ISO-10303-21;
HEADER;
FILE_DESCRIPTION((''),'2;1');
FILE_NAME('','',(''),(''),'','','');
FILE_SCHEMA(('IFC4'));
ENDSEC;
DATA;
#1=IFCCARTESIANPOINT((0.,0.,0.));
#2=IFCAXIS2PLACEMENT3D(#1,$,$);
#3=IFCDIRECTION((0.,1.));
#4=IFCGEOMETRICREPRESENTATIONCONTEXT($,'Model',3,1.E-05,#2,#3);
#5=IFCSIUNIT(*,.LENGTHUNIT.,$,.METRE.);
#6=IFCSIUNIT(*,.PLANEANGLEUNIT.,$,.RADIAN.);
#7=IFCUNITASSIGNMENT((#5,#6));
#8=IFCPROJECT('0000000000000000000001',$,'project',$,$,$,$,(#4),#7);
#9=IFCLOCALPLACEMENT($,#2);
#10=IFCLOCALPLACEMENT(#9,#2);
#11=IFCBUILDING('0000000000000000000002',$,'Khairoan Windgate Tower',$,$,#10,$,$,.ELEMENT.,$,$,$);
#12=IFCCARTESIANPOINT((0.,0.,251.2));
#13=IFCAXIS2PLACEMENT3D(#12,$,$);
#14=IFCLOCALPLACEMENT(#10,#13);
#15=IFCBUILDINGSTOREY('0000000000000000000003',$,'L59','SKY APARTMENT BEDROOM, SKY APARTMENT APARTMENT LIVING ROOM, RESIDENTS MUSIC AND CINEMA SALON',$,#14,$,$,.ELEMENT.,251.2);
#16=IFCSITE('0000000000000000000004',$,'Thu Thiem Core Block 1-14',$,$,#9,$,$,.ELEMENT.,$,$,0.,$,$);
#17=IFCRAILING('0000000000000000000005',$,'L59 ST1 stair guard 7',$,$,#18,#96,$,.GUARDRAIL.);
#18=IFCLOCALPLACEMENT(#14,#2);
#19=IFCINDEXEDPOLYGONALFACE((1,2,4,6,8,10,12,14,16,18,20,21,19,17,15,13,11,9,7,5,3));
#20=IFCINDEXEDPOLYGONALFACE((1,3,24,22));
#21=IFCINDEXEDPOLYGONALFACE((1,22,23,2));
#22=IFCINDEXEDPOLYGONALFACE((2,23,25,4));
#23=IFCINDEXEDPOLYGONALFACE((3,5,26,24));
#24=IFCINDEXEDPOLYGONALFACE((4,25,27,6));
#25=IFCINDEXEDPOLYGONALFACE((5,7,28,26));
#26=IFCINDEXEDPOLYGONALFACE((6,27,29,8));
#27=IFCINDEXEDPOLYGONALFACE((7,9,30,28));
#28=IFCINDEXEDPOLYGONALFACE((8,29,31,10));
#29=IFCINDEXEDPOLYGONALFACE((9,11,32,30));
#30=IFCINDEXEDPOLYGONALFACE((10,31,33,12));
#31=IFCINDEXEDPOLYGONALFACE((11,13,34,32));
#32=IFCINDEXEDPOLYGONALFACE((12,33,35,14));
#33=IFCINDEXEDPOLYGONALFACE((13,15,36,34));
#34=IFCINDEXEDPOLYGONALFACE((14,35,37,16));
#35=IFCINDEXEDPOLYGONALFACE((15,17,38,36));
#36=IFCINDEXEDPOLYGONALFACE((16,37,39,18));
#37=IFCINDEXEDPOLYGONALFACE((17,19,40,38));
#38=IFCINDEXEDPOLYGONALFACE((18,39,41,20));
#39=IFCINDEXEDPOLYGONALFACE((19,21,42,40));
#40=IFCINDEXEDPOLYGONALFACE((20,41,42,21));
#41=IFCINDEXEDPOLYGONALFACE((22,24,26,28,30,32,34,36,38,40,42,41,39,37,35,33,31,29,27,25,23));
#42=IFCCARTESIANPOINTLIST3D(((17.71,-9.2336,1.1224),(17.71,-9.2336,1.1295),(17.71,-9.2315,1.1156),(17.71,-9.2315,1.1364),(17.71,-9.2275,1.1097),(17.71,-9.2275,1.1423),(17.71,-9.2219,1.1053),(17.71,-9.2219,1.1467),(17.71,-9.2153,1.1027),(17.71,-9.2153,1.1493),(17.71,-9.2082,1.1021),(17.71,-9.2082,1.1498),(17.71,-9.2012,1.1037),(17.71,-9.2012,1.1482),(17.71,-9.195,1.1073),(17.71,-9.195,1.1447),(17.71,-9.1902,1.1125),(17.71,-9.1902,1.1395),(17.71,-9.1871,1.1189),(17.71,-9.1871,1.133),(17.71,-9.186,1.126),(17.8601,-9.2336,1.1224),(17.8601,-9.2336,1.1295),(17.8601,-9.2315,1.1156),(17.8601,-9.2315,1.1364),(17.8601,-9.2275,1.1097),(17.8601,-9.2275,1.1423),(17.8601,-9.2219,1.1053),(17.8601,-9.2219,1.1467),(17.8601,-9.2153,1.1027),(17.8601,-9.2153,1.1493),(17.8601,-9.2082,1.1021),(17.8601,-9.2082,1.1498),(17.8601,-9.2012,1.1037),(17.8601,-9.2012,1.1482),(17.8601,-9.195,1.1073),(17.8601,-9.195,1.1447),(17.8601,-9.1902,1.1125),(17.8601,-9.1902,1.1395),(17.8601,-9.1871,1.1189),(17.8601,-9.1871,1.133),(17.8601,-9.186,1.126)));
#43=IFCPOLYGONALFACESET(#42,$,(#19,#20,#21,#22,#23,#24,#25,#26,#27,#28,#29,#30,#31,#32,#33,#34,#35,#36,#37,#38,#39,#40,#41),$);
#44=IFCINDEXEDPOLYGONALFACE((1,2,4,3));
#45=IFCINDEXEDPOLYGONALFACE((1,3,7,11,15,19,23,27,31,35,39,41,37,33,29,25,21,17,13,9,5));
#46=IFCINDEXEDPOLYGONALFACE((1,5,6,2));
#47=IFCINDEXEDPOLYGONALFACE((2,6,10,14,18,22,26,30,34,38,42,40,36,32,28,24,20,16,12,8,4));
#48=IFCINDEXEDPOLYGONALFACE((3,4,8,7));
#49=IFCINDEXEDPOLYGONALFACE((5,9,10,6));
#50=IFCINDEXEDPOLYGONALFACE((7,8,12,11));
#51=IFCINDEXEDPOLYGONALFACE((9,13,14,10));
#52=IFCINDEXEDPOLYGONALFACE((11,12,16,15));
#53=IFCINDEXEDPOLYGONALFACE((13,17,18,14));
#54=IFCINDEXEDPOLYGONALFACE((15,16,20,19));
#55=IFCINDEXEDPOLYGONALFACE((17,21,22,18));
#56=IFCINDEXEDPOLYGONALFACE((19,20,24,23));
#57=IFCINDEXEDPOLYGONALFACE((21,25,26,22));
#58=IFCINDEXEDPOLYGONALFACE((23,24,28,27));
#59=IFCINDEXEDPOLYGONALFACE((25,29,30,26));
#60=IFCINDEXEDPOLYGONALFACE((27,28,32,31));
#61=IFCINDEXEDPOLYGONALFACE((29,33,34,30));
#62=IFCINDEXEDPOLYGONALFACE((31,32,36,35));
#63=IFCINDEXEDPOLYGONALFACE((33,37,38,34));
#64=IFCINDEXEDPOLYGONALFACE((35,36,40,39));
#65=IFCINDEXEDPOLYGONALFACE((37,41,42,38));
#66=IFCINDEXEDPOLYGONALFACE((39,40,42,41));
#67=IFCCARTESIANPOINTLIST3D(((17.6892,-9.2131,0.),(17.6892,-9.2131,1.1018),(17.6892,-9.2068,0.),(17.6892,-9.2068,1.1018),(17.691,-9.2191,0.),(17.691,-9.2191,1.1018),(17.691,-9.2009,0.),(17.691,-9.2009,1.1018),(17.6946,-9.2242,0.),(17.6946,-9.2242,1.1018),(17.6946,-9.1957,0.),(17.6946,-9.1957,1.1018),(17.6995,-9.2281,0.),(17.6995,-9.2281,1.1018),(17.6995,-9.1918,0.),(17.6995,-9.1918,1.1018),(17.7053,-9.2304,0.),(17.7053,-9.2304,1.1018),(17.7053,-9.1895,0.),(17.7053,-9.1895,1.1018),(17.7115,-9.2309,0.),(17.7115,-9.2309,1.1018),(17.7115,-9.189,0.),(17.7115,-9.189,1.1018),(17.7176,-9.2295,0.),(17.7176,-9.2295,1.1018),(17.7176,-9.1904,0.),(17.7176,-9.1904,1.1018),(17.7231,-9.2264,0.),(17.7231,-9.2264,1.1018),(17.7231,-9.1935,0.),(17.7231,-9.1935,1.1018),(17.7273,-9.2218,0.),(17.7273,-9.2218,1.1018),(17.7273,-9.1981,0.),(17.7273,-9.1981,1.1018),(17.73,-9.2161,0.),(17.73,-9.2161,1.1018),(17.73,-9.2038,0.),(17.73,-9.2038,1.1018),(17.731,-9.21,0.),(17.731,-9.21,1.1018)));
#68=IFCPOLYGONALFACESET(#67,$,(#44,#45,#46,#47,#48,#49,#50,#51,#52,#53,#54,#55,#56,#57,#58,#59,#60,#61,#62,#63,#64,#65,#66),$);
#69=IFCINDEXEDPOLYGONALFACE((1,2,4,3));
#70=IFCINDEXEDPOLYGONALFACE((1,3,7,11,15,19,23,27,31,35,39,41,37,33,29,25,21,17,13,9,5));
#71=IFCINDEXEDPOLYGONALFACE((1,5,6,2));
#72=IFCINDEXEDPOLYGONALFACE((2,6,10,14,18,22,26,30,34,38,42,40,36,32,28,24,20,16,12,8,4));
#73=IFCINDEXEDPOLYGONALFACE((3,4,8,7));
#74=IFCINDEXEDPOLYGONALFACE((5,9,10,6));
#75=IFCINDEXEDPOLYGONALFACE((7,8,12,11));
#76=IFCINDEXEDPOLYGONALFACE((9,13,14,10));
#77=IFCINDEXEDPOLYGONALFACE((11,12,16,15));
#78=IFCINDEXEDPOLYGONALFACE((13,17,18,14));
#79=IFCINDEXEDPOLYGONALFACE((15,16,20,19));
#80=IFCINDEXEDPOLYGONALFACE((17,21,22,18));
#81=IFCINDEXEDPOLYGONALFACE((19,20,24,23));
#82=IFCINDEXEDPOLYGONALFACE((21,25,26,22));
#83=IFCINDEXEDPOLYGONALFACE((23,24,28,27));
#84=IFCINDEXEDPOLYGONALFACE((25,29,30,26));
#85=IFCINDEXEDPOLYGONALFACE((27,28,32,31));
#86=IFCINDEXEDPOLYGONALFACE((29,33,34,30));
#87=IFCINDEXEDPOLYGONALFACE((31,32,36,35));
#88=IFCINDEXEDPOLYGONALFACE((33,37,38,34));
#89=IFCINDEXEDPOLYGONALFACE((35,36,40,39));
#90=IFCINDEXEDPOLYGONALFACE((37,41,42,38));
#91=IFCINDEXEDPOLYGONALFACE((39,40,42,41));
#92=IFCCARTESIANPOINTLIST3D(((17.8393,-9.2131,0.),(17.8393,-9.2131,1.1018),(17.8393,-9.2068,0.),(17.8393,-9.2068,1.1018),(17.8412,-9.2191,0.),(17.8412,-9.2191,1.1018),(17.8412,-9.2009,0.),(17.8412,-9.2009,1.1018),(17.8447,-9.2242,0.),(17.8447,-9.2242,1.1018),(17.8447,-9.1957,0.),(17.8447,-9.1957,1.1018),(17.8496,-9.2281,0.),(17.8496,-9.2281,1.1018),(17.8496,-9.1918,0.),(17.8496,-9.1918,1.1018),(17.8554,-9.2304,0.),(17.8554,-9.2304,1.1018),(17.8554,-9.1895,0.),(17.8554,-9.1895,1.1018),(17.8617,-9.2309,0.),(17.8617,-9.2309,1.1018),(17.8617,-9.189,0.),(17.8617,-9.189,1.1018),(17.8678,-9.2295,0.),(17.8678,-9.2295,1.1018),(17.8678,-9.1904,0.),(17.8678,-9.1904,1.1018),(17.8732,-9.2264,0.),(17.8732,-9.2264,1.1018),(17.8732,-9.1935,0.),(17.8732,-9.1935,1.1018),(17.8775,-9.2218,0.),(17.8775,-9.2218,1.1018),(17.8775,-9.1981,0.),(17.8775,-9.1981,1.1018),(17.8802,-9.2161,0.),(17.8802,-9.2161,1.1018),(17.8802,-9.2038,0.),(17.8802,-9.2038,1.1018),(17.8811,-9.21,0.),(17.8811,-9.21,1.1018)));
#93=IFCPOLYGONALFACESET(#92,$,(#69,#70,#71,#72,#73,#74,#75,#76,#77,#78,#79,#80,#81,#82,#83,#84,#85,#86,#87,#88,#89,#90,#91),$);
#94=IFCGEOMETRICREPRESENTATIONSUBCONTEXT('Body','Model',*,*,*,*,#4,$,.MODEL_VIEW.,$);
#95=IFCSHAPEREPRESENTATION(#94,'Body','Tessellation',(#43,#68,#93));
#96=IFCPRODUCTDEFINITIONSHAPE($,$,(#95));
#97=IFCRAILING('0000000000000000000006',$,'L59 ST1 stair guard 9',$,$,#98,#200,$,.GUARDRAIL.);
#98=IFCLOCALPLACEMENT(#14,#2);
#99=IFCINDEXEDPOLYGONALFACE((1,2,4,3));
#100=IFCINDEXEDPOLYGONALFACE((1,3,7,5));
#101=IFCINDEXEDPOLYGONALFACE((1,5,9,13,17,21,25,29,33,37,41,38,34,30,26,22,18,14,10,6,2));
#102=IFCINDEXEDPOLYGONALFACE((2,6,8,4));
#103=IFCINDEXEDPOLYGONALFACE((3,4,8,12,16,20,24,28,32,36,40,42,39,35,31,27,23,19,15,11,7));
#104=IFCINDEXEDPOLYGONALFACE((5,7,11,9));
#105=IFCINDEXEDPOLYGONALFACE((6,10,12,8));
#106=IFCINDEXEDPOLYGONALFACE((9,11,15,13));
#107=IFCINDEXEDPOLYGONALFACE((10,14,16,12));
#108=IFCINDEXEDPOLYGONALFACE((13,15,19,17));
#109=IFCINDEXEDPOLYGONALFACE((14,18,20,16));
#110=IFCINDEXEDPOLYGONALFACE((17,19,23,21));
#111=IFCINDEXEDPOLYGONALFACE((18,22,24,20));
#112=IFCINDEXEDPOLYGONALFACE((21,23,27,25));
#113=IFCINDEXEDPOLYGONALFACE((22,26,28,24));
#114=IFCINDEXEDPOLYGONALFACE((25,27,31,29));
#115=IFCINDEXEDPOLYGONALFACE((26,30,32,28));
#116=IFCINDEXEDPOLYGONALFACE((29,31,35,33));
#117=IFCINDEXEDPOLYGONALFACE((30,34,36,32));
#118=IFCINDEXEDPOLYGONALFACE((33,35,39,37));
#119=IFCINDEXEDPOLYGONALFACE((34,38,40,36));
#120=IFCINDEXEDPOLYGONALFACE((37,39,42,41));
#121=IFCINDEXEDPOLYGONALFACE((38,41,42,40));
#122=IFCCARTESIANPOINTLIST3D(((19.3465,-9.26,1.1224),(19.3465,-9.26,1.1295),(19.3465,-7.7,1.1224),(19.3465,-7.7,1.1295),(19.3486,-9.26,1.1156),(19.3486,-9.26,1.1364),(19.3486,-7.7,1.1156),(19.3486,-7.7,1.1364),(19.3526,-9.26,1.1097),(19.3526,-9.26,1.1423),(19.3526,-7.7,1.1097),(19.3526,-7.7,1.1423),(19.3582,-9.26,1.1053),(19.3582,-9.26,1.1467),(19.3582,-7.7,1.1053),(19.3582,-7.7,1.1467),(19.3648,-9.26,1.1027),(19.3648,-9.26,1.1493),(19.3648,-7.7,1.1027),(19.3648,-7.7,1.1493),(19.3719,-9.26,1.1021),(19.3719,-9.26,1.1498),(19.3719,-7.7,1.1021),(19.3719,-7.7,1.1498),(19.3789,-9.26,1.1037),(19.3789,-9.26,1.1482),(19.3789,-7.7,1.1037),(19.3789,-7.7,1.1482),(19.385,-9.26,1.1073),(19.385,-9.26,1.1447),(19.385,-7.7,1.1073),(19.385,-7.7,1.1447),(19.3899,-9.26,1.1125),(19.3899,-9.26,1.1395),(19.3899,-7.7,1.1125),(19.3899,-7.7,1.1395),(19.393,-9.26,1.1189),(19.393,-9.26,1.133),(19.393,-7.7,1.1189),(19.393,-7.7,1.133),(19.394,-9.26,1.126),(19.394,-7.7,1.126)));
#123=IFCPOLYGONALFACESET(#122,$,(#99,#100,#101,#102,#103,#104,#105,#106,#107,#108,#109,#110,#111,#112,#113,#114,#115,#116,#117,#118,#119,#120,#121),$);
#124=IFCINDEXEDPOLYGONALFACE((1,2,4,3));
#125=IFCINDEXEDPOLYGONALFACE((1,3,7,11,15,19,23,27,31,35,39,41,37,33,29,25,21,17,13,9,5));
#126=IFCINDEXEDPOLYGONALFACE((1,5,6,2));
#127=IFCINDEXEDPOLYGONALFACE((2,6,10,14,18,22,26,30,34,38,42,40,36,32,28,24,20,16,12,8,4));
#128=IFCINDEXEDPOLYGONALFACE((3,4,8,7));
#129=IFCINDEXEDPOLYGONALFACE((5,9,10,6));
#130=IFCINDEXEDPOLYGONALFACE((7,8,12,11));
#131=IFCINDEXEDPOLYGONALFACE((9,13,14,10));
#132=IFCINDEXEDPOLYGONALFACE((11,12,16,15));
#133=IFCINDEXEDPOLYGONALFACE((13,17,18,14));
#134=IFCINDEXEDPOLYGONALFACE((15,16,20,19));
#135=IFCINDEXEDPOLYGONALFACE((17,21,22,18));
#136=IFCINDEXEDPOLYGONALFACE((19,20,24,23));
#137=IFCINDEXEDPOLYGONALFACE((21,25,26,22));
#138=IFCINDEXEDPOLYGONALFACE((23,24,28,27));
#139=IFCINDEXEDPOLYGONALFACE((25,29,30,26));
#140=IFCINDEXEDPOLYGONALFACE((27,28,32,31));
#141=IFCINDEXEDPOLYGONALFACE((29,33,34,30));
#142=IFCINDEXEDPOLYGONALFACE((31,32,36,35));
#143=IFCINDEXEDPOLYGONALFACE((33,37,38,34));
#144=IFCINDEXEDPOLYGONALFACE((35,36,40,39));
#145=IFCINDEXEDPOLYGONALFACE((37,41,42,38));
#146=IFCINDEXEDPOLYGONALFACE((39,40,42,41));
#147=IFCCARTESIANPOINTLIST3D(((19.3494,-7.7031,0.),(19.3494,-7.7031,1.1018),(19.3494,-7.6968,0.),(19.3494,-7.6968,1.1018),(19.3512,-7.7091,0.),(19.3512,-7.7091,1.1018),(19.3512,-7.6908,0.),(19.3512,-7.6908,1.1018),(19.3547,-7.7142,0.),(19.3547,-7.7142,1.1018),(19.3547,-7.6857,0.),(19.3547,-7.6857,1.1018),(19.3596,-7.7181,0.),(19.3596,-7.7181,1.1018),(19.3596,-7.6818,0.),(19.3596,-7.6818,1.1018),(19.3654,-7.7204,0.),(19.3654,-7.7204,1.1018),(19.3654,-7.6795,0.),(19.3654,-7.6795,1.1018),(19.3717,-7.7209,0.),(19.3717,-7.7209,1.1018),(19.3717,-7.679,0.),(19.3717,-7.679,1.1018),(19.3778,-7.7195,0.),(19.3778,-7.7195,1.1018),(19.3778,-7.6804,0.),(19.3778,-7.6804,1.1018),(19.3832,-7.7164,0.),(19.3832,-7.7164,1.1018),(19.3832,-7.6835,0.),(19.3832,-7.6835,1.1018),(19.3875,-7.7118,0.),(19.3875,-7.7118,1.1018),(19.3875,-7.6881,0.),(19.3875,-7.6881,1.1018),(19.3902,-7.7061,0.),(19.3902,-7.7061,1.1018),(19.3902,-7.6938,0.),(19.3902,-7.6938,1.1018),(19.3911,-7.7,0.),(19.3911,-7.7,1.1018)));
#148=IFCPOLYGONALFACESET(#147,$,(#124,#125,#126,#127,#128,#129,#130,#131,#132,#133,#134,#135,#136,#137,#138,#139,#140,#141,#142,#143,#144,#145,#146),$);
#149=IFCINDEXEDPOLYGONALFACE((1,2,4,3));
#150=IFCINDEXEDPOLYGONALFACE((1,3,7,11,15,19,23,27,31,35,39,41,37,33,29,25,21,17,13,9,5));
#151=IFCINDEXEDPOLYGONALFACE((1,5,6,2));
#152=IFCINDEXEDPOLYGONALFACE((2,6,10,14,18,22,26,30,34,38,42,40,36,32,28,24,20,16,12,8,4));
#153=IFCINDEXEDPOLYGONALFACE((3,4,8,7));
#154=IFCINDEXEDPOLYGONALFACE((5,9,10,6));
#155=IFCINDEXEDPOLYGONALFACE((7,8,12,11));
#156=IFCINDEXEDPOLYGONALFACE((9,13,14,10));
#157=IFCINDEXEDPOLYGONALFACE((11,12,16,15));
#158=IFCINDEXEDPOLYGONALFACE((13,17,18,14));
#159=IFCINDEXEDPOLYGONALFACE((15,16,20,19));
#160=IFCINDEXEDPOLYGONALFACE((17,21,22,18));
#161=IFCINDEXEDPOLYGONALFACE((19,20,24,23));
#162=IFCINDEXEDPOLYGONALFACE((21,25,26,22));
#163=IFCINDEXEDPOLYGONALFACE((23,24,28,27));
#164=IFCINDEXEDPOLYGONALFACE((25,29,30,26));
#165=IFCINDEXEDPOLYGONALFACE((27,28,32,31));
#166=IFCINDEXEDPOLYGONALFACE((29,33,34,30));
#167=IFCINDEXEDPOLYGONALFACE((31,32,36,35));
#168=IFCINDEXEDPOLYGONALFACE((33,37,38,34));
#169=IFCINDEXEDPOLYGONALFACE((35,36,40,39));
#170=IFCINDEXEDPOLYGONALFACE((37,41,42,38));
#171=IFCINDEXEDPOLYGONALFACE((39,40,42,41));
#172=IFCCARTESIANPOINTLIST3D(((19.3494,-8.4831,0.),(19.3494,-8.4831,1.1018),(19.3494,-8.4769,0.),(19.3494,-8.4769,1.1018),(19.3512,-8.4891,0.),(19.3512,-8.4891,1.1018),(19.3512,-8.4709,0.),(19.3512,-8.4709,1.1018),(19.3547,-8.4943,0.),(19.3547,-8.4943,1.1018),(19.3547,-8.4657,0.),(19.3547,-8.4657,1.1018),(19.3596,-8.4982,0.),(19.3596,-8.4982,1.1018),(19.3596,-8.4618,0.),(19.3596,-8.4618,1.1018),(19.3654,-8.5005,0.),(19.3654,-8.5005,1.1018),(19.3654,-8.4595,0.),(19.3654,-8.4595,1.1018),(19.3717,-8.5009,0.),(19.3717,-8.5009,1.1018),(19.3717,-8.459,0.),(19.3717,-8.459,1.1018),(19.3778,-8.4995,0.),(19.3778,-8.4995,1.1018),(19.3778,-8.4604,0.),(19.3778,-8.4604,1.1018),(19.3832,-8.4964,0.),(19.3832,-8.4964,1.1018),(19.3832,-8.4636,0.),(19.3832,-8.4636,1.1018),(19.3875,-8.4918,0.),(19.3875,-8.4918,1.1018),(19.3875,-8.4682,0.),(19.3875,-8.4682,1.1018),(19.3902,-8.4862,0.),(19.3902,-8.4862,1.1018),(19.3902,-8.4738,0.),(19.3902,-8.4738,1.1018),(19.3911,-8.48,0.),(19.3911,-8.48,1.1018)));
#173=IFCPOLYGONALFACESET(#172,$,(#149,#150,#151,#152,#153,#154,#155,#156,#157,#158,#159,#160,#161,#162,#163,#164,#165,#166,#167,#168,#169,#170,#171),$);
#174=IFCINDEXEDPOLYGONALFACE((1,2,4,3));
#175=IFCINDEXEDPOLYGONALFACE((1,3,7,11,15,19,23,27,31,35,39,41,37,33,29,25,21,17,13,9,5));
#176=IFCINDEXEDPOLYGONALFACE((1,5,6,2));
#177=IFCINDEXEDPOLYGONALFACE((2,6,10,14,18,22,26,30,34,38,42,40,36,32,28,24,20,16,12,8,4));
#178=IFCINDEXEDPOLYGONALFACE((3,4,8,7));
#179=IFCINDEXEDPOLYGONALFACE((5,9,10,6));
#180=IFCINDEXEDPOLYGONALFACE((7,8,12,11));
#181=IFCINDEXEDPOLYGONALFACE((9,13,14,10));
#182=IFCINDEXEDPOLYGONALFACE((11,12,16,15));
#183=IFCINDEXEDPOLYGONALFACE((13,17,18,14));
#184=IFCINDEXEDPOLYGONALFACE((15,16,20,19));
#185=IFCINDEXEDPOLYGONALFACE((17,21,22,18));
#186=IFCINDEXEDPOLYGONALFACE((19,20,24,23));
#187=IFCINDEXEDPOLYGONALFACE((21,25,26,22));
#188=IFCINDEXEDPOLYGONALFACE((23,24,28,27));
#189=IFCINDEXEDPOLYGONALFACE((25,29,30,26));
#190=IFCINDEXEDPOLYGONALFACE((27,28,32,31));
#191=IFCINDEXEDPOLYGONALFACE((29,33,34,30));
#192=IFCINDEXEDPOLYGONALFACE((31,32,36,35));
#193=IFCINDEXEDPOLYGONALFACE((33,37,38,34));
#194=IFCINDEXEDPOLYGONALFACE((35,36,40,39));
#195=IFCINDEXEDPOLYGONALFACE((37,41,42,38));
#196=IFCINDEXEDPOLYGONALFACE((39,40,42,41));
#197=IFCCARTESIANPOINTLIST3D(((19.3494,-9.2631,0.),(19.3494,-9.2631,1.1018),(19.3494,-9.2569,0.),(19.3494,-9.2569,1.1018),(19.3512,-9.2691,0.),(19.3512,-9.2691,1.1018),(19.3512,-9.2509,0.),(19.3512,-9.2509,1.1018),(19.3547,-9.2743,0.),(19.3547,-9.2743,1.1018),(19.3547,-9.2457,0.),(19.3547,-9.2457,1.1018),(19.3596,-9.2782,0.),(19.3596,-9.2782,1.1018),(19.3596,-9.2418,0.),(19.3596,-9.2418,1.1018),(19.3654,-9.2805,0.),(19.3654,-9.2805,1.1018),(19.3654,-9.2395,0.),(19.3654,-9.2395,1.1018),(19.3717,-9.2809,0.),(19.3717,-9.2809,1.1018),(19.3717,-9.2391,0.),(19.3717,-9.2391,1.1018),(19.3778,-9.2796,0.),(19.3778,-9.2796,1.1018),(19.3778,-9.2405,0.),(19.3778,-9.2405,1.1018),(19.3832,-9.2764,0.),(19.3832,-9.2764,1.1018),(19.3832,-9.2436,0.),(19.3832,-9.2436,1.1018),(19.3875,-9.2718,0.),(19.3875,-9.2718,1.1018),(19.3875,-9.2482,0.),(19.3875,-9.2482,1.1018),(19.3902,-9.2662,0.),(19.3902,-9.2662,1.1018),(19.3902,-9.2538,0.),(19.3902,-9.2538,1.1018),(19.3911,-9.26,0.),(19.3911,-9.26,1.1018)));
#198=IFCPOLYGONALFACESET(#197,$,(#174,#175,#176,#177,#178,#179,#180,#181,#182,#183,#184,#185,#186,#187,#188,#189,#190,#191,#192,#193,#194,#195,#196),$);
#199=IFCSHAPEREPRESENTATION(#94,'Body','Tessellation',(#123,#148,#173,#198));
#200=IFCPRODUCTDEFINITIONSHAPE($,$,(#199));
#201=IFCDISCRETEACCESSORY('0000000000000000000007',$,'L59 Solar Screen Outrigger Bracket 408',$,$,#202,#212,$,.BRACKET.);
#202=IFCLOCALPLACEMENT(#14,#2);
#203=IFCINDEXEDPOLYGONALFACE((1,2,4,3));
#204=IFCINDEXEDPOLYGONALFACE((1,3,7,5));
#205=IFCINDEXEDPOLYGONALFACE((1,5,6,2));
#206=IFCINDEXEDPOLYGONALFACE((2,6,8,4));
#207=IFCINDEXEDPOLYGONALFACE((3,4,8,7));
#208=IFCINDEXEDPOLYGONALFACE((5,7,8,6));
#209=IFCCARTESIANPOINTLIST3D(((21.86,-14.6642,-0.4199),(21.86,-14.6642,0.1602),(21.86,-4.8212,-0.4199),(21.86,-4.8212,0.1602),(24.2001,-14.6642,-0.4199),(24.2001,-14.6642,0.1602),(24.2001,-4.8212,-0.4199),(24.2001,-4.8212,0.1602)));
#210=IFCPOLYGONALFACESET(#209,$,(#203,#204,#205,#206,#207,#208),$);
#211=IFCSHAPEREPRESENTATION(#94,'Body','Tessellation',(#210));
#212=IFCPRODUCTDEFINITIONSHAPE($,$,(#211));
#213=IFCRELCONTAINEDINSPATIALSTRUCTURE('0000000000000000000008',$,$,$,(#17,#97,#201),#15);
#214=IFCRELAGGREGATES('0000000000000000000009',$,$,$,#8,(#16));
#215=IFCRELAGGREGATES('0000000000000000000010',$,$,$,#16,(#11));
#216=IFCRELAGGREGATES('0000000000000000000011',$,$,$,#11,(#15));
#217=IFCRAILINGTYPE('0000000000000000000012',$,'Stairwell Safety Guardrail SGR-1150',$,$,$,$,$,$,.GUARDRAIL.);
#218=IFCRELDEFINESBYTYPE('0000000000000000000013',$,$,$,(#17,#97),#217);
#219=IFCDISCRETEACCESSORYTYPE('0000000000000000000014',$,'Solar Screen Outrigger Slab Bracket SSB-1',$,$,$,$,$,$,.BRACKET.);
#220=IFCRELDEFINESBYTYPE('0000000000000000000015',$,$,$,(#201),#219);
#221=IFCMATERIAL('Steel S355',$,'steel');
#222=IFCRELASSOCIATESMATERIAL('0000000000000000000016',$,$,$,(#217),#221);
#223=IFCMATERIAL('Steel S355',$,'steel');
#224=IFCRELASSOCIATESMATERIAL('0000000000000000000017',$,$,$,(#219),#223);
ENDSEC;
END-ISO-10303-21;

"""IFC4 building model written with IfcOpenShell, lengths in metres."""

from ifc_helpers import new_model, si_unit, direction, frame, origin, origin_2d, place, context, subcontext, project, spatial, rectangle, circle, extrude, material, type_object, element, save


model = new_model("IFC4")

# Units and contexts
model_context = context("Model", 3, precision=1e-05, world=origin(), true_north=direction((0.0, 1.0)))
body_context = subcontext(model_context, "Body", "Model", "MODEL_VIEW")
ifc_project = project(units=[si_unit("LENGTHUNIT", "METRE"), si_unit("PLANEANGLEUNIT", "RADIAN")], contexts=[model_context])

# Site, building, storey
site_placement = place(None, origin())
site = spatial("IfcSite", under=ifc_project, at=site_placement, Name="Thu Thiem Core Block 1-14", CompositionType="ELEMENT", RefElevation=0.0)
building_placement = place(site_placement, origin())
building = spatial("IfcBuilding", under=site, at=building_placement, Name="Khairoan Windgate Tower", CompositionType="ELEMENT")
storey_placement = place(building_placement, frame((0.0, 0.0, 251.2)))
storey = spatial("IfcBuildingStorey", under=building, at=storey_placement, Name="L59", Description="SKY APARTMENT BEDROOM, SKY APARTMENT APARTMENT LIVING ROOM, RESIDENTS MUSIC AND CINEMA SALON", CompositionType="ELEMENT", Elevation=251.2)

# Railings
ifc_material_1 = material(Name="Steel S355", Category="steel")
railing_type_1 = type_object("IfcRailingType", Name="Stairwell Safety Guardrail SGR-1150", PredefinedType="GUARDRAIL", material=ifc_material_1)
railing_1_placement = place(storey_placement, frame((17.71, -9.21, 0.0)))
element("IfcRailing", 1, at=railing_1_placement, inside=storey, type_object=railing_type_1, Name="L59 ST1 stair guard 7", PredefinedType="GUARDRAIL", context=body_context, shape_type="SweptSolid", body=[
    extrude(circle(Radius=0.0239, at=origin_2d()), frame((0.0, 0.0, 1.126), z_axis=(1.0, 0.0, 0.0), x_axis=(0.0, 1.0, 0.0)), (0.0, 0.0, 1.0), 0.1501),
    extrude(circle(Radius=0.021, at=origin_2d()), origin(), (0.0, 0.0, 1.0), 1.1018),
    extrude(circle(Radius=0.021, at=origin_2d()), frame((0.1501, 0.0, 0.0)), (0.0, 0.0, 1.0), 1.1018),
])
railing_2_placement = place(storey_placement, frame((19.3701, -7.7, 0.0)))
element("IfcRailing", 2, at=railing_2_placement, inside=storey, type_object=railing_type_1, Name="L59 ST1 stair guard 9", PredefinedType="GUARDRAIL", context=body_context, shape_type="SweptSolid", body=[
    extrude(circle(Radius=0.0239, at=origin_2d()), frame((0.0, 0.0, 1.126), z_axis=(0.0, -1.0, 0.0), x_axis=(1.0, 0.0, 0.0)), (0.0, 0.0, 1.0), 1.5601),
    extrude(circle(Radius=0.021, at=origin_2d()), origin(), (0.0, 0.0, 1.0), 1.1018),
    extrude(circle(Radius=0.021, at=origin_2d()), frame((0.0, -0.78, 0.0)), (0.0, 0.0, 1.0), 1.1018),
    extrude(circle(Radius=0.021, at=origin_2d()), frame((0.0, -1.5601, 0.0)), (0.0, 0.0, 1.0), 1.1018),
])

# Discrete accessory
ifc_material_2 = material(Name="Steel S355", Category="steel")
discrete_accessory_type = type_object("IfcDiscreteAccessoryType", Name="Solar Screen Outrigger Slab Bracket SSB-1", PredefinedType="BRACKET", material=ifc_material_2)
discrete_accessory_placement = place(storey_placement, frame((23.03, -9.7427, -0.4199), z_axis=(0.0, 0.0, 1.0), x_axis=(0.0, -1.0, 0.0)))
element("IfcDiscreteAccessory", 3, at=discrete_accessory_placement, inside=storey, type_object=discrete_accessory_type, Name="L59 Solar Screen Outrigger Bracket 408", PredefinedType="BRACKET", context=body_context, shape_type="SweptSolid", body=[
    extrude(rectangle(XDim=9.843, YDim=2.3401, at=origin_2d()), origin(), (0.0, 0.0, 1.0), 0.5801),
])

save(model, "model.ifc")
